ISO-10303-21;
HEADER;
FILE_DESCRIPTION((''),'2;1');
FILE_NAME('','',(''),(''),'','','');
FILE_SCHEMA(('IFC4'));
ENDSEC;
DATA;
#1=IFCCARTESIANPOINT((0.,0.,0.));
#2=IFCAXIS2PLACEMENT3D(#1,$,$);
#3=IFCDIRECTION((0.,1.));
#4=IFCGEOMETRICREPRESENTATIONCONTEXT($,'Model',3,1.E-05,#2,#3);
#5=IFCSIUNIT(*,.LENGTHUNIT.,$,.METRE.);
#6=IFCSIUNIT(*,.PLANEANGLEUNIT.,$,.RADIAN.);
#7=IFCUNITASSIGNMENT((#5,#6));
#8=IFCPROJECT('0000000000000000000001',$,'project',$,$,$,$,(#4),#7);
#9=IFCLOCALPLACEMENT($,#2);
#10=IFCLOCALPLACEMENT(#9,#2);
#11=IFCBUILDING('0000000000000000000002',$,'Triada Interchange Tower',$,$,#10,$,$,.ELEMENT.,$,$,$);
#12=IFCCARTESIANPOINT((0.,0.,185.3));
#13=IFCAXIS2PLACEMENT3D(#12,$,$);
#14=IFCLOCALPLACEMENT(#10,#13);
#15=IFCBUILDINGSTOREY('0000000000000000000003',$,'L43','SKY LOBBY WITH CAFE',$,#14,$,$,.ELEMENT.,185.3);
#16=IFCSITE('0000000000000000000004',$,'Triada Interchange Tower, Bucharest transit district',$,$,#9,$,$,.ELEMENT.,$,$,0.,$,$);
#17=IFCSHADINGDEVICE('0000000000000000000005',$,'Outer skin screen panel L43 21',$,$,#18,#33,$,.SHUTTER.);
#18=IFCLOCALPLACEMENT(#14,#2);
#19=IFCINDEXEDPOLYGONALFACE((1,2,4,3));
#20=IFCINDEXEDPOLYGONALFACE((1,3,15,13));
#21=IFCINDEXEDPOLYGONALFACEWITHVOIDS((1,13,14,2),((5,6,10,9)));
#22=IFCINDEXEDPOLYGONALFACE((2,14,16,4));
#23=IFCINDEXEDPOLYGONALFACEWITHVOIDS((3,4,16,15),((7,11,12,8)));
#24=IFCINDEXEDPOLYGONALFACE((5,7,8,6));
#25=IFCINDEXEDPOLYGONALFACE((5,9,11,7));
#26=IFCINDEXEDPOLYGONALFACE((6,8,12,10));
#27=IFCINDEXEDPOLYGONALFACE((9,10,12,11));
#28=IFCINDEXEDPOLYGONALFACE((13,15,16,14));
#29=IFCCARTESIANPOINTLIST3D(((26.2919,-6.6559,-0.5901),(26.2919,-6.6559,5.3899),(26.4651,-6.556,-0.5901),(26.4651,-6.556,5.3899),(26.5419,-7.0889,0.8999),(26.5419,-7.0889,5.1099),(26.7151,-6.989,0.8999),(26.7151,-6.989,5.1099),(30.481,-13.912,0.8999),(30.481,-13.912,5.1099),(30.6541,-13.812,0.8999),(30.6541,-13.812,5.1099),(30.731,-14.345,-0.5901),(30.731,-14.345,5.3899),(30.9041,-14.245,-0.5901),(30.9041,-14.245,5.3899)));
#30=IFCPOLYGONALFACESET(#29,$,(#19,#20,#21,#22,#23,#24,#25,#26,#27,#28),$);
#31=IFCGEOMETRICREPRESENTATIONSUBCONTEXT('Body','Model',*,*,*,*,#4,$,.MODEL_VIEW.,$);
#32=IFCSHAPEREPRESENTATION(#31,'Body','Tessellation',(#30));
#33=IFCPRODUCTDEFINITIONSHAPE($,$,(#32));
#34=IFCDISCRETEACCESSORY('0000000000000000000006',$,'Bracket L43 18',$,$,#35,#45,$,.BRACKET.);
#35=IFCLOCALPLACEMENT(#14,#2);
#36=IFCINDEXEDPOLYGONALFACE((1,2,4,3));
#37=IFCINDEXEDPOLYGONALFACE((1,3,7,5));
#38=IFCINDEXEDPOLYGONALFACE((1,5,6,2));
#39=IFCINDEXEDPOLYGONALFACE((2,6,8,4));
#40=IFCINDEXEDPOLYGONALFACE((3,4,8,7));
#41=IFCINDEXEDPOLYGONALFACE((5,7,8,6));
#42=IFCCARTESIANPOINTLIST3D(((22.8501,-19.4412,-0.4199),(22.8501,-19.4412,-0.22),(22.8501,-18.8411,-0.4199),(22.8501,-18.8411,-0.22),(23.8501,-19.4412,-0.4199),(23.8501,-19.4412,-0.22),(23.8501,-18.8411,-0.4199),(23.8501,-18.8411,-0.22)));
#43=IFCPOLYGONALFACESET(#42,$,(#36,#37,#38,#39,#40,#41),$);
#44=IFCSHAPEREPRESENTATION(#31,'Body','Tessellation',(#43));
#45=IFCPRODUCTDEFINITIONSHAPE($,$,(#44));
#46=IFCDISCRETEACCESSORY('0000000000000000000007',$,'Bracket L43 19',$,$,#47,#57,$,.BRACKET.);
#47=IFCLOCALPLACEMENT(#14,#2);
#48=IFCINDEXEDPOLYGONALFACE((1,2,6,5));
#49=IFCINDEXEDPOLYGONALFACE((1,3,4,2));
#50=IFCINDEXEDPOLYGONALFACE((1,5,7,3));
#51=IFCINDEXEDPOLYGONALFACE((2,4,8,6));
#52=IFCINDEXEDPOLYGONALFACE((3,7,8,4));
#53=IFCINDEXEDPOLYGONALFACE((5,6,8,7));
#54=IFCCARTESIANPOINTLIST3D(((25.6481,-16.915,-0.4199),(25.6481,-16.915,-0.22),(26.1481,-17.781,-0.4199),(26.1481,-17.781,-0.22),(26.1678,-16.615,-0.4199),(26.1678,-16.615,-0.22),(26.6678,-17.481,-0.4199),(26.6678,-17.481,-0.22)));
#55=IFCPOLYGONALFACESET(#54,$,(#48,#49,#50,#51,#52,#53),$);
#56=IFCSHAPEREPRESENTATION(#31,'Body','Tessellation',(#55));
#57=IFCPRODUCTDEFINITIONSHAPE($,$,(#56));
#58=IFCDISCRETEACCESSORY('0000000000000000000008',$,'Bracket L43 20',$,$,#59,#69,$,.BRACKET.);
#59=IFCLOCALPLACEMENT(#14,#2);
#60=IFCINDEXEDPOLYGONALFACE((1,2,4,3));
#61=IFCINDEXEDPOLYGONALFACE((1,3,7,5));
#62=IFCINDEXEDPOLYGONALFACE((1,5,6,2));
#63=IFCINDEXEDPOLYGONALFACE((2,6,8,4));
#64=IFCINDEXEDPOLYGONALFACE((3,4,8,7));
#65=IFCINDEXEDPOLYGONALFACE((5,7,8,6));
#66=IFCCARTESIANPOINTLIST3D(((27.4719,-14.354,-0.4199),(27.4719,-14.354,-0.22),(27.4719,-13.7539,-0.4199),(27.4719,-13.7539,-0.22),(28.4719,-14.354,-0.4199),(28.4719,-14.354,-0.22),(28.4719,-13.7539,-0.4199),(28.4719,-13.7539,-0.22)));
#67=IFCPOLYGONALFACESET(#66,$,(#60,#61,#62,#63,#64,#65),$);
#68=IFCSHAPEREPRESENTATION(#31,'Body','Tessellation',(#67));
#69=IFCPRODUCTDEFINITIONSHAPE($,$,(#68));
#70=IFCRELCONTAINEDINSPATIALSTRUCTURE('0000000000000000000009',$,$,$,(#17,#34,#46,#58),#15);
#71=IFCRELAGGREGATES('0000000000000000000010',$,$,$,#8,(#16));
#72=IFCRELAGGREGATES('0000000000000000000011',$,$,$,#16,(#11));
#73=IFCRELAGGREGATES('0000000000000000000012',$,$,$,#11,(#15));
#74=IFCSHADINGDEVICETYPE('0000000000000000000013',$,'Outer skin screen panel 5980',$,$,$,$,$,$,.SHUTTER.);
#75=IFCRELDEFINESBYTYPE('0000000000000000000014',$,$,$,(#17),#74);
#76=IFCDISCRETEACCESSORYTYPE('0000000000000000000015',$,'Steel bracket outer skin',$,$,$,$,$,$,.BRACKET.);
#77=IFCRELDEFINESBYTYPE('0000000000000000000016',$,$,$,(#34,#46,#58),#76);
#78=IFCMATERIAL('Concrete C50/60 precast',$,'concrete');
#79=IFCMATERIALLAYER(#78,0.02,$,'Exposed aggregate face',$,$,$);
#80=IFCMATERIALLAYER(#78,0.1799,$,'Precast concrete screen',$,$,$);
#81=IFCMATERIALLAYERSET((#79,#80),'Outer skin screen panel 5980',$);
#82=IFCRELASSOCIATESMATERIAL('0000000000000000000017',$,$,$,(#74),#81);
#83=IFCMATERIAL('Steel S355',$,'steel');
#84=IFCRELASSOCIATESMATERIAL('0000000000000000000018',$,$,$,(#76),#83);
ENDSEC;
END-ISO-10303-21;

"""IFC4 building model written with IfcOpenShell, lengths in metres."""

from ifc_helpers import new_model, si_unit, direction, frame, origin, origin_2d, place, context, subcontext, project, spatial, polyline, rectangle, outline, extrude, material, layer, layer_set, type_object, element, save


model = new_model("IFC4")

# Units and contexts
model_context = context("Model", 3, precision=1e-05, world=origin(), true_north=direction((0.0, 1.0)))
body_context = subcontext(model_context, "Body", "Model", "MODEL_VIEW")
ifc_project = project(units=[si_unit("LENGTHUNIT", "METRE"), si_unit("PLANEANGLEUNIT", "RADIAN")], contexts=[model_context])

# Site, building, storey
site_placement = place(None, origin())
site = spatial("IfcSite", under=ifc_project, at=site_placement, Name="Triada Interchange Tower, Bucharest transit district", CompositionType="ELEMENT", RefElevation=0.0)
building_placement = place(site_placement, origin())
building = spatial("IfcBuilding", under=site, at=building_placement, Name="Triada Interchange Tower", CompositionType="ELEMENT")
storey_placement = place(building_placement, frame((0.0, 0.0, 185.3)))
storey = spatial("IfcBuildingStorey", under=building, at=storey_placement, Name="L43", Description="SKY LOBBY WITH CAFE", CompositionType="ELEMENT", Elevation=185.3)

# Shading device
ifc_material_1 = material(Name="Concrete C50/60 precast", Category="concrete")
ifc_layer_1 = layer(ifc_material_1, 0.02, Name="Exposed aggregate face")
ifc_layer_2 = layer(ifc_material_1, 0.1799, Name="Precast concrete screen")
ifc_layer_set_1 = layer_set([ifc_layer_1, ifc_layer_2], Name="Outer skin screen panel 5980")
shading_device_type = type_object("IfcShadingDeviceType", Name="Outer skin screen panel 5980", PredefinedType="SHUTTER", material=ifc_layer_set_1)
shading_device_1_placement = place(storey_placement, frame((30.731, -14.345, -0.5901), z_axis=(0.0, 0.0, 1.0), x_axis=(-0.499978, 0.866038, 0.0)))
element("IfcShadingDevice", 1, at=shading_device_1_placement, inside=storey, type_object=shading_device_type, Name="Outer skin screen panel L43 21", PredefinedType="SHUTTER", context=body_context, shape_type="SweptSolid", body=[
    extrude(outline(polyline([(0.0, 0.0), (8.8784, 0.0), (8.8784, 5.98), (0.0, 5.98), (0.0, 0.0)]), holes=[polyline([(0.5, 1.49), (0.5, 5.7), (8.3784, 5.7), (8.3784, 1.49), (0.5, 1.49)])]), frame((0.0, 0.0, 0.0), z_axis=(0.0, -1.0, 0.0), x_axis=(1.0, 0.0, 0.0)), (0.0, 0.0, 1.0), 0.2),
])

# Discrete accessories
ifc_material_2 = material(Name="Steel S355", Category="steel")
discrete_accessory_type = type_object("IfcDiscreteAccessoryType", Name="Steel bracket outer skin", PredefinedType="BRACKET", material=ifc_material_2)
for number, where, z_axis, x_axis, name in (
    (2, (23.3501, -19.1411, -0.4199), (0.0, 0.0, 1.0), (0.0, -1.0, 0.0), "Bracket L43 18"),
    (3, (26.158, -17.198, -0.4199), (0.0, 0.0, 1.0), (0.866024, 0.500002, 0.0), "Bracket L43 19"),
    (4, (27.9719, -14.054, -0.4199), (0.0, 0.0, 1.0), (0.0, -1.0, 0.0), "Bracket L43 20"),
):
    element("IfcDiscreteAccessory", number, at=place(storey_placement, frame(where, z_axis=z_axis, x_axis=x_axis)), inside=storey, type_object=discrete_accessory_type, Name=name, PredefinedType="BRACKET", context=body_context, shape_type="SweptSolid", body=[
        extrude(rectangle(XDim=0.6001, YDim=1.0, at=origin_2d()), origin(), (0.0, 0.0, 1.0), 0.2),
    ])

save(model, "model.ifc")
